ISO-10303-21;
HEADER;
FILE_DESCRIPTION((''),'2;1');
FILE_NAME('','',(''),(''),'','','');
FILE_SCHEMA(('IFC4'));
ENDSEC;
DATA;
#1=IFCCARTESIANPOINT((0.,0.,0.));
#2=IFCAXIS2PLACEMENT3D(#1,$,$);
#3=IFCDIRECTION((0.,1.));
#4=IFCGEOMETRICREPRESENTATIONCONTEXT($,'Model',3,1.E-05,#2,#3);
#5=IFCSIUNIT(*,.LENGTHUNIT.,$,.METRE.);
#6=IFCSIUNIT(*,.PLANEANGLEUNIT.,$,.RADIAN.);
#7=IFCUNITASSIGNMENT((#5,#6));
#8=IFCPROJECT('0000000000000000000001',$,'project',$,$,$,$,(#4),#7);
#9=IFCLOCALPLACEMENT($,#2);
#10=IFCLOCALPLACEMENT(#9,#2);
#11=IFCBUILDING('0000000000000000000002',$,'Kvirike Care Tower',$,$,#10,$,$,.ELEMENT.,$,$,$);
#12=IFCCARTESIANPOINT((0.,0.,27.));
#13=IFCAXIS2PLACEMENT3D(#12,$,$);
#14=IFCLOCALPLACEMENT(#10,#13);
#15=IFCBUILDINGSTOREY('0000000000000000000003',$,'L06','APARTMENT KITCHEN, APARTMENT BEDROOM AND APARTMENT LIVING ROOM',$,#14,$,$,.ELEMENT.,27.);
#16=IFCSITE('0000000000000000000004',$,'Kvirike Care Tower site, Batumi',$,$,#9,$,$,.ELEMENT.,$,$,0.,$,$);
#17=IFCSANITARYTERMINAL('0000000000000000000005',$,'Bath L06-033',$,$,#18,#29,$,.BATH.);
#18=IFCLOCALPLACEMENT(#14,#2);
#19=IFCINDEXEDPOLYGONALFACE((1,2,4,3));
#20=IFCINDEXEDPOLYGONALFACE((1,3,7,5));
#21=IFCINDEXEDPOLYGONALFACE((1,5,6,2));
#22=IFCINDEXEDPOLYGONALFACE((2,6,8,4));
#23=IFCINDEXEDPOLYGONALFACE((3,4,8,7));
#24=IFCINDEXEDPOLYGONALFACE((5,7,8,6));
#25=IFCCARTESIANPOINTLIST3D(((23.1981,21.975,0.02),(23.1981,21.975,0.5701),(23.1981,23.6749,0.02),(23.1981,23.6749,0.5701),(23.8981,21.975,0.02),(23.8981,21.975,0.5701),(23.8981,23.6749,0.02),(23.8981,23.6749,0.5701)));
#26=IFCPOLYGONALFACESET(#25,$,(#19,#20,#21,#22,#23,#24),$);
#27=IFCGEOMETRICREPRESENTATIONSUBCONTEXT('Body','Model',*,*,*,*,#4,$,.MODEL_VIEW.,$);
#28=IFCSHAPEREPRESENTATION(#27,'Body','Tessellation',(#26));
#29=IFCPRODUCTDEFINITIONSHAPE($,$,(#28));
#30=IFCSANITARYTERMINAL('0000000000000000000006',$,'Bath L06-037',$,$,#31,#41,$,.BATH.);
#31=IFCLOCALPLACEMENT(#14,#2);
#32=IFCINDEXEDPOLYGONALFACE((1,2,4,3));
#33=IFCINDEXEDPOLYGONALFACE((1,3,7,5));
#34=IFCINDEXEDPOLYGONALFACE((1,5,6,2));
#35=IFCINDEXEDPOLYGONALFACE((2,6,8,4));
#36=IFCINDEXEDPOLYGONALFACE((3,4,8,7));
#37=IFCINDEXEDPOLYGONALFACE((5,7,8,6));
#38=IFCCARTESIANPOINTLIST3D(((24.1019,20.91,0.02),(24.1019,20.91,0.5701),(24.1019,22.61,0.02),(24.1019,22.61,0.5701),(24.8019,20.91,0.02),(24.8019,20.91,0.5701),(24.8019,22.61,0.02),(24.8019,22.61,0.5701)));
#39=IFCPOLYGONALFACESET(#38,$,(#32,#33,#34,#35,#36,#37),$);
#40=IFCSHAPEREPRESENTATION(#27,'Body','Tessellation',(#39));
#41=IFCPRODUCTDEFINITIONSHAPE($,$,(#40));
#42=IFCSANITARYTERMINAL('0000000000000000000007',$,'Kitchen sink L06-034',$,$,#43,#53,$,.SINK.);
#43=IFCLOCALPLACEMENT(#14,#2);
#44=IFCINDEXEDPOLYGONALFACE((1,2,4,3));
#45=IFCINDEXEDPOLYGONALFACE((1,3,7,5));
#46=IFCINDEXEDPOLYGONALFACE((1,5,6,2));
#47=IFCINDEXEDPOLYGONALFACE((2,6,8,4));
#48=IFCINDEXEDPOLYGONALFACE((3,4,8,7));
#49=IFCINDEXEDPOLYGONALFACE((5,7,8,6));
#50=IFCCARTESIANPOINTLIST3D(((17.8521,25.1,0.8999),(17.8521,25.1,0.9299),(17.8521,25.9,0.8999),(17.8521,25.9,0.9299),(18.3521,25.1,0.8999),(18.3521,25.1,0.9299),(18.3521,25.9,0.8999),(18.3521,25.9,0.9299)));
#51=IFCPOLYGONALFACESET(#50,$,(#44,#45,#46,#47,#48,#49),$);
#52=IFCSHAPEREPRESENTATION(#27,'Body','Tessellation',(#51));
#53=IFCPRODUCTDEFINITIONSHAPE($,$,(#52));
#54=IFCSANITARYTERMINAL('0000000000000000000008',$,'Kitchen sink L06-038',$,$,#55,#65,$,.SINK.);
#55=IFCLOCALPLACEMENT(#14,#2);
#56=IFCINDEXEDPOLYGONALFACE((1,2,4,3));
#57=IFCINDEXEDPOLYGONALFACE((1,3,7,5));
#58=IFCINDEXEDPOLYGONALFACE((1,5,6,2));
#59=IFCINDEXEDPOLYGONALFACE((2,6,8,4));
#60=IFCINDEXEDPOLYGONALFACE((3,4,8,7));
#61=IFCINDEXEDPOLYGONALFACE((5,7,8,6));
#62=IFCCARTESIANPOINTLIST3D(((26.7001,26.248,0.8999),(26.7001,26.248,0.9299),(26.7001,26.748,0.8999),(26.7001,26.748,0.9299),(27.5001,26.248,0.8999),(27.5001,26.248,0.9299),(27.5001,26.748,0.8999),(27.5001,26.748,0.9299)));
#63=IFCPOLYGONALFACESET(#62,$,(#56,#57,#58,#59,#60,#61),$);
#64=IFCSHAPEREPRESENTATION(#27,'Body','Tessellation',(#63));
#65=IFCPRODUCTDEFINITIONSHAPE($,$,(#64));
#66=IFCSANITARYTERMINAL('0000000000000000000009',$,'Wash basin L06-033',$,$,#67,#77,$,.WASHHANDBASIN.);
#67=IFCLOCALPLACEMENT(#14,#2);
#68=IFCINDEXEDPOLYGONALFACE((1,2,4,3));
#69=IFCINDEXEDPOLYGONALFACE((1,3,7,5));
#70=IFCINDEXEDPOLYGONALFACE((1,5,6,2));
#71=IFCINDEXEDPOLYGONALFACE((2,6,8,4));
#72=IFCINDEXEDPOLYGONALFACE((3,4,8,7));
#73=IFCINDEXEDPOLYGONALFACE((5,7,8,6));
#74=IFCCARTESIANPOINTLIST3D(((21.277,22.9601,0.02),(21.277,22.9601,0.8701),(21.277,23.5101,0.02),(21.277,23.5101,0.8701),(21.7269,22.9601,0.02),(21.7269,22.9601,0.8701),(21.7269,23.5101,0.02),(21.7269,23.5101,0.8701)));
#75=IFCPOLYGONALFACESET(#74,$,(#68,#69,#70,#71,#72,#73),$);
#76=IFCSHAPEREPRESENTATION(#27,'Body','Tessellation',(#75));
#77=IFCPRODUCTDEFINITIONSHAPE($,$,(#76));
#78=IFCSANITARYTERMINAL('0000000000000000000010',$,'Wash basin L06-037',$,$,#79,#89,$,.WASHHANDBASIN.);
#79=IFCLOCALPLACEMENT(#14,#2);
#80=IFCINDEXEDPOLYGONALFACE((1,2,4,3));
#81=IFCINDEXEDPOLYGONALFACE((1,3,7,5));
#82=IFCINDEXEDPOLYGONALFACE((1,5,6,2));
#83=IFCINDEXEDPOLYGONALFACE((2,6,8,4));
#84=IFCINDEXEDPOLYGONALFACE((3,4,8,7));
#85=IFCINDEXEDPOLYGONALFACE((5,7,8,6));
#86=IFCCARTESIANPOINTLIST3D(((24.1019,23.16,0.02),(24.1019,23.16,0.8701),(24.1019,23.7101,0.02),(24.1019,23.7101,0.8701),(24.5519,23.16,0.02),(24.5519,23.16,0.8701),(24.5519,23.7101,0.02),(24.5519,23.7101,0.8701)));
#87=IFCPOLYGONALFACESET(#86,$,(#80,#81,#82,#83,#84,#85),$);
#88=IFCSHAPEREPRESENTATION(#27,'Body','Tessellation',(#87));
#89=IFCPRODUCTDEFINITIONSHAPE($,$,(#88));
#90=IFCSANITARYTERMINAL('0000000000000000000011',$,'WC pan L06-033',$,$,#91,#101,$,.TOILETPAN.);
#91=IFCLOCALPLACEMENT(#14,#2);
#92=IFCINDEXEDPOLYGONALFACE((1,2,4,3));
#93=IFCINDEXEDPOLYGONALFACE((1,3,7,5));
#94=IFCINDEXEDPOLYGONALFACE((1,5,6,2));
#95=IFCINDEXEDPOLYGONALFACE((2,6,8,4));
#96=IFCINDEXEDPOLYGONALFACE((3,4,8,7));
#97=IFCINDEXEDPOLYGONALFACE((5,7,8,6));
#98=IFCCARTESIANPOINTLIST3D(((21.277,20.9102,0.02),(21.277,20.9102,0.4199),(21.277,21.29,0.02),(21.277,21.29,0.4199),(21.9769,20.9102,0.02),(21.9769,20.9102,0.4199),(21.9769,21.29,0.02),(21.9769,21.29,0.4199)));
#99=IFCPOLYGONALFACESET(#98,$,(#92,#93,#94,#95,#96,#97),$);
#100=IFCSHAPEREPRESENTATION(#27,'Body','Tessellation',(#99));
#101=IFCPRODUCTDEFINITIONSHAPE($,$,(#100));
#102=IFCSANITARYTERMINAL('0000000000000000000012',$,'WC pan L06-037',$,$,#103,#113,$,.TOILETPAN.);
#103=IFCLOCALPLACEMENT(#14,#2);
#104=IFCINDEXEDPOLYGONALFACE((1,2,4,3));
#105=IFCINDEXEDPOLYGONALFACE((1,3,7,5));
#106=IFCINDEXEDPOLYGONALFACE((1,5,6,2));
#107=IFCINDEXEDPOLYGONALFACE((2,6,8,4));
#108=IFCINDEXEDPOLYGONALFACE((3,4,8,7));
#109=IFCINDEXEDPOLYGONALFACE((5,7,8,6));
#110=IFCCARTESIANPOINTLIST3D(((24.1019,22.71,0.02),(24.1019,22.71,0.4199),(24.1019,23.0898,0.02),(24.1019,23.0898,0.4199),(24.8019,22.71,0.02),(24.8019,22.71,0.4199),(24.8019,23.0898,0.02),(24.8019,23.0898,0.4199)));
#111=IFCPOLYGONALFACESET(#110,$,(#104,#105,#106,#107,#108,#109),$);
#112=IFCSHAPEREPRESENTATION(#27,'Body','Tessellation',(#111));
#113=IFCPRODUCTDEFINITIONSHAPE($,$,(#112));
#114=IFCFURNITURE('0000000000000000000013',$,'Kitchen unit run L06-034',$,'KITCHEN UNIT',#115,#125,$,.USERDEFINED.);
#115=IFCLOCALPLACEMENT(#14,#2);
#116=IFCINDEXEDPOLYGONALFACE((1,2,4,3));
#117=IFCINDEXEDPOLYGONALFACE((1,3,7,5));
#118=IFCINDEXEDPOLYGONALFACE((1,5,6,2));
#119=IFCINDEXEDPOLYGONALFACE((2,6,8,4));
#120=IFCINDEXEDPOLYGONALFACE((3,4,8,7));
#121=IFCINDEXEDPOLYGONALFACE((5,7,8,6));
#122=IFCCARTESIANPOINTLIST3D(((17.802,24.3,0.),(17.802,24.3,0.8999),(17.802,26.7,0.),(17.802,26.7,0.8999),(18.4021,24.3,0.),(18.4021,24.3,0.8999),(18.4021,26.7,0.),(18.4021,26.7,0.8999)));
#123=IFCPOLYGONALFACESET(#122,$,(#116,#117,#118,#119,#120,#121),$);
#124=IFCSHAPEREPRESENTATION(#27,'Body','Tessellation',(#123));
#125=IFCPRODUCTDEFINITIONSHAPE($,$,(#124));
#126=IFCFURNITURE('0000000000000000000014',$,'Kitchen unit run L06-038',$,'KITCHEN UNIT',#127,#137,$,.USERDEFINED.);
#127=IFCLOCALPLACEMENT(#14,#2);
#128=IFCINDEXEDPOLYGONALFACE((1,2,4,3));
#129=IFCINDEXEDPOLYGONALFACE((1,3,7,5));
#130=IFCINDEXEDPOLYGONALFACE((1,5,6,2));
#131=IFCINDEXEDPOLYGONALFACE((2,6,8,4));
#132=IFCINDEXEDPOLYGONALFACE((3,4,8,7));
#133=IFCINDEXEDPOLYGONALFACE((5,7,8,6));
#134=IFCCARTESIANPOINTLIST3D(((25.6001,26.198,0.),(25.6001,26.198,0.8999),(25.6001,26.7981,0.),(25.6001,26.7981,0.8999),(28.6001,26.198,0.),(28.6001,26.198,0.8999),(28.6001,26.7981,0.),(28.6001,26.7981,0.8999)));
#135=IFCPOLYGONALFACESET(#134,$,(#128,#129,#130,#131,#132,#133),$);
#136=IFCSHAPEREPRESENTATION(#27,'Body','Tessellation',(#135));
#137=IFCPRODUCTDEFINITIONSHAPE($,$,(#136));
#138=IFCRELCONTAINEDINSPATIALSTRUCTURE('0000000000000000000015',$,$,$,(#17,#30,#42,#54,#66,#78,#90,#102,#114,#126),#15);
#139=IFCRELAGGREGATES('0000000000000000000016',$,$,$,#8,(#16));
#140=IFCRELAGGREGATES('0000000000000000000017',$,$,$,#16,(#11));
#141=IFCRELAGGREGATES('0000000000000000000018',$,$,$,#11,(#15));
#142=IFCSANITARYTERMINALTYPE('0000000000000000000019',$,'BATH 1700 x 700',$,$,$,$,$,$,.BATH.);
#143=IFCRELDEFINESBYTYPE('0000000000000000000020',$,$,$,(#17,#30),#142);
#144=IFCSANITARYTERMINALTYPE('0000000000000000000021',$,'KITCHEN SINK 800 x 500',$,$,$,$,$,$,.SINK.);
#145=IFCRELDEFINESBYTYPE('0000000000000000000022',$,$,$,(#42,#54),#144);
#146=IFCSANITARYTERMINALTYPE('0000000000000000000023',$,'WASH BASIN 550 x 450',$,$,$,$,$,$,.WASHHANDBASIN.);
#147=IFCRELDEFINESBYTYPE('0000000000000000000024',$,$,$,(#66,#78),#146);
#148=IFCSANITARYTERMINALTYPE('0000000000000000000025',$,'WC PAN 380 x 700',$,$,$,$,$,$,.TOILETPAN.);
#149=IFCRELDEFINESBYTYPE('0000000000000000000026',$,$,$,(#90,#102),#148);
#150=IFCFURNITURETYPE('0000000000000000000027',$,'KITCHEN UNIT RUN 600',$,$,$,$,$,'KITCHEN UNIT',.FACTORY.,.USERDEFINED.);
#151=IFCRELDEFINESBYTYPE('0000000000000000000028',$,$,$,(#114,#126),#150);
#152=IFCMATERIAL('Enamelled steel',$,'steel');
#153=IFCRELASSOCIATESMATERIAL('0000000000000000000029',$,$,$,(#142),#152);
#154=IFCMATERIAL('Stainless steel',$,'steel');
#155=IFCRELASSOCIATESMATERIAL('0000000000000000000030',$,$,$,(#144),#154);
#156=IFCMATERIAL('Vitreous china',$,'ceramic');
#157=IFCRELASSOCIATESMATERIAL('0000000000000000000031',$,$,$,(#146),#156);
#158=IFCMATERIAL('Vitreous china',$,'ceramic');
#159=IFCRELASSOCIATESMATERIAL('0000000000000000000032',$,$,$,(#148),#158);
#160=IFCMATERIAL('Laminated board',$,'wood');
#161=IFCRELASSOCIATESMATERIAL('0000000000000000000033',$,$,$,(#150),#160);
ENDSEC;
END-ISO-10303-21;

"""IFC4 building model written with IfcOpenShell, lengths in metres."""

from ifc_helpers import new_model, si_unit, direction, frame, origin, origin_2d, place, context, subcontext, project, spatial, rectangle, extrude, material, type_object, element, save


model = new_model("IFC4")

# Units and contexts
model_context = context("Model", 3, precision=1e-05, world=origin(), true_north=direction((0.0, 1.0)))
body_context = subcontext(model_context, "Body", "Model", "MODEL_VIEW")
ifc_project = project(units=[si_unit("LENGTHUNIT", "METRE"), si_unit("PLANEANGLEUNIT", "RADIAN")], contexts=[model_context])

# Site, building, storey
site_placement = place(None, origin())
site = spatial("IfcSite", under=ifc_project, at=site_placement, Name="Kvirike Care Tower site, Batumi", CompositionType="ELEMENT", RefElevation=0.0)
building_placement = place(site_placement, origin())
building = spatial("IfcBuilding", under=site, at=building_placement, Name="Kvirike Care Tower", CompositionType="ELEMENT")
storey_placement = place(building_placement, frame((0.0, 0.0, 27.0)))
storey = spatial("IfcBuildingStorey", under=building, at=storey_placement, Name="L06", Description="APARTMENT KITCHEN, APARTMENT BEDROOM AND APARTMENT LIVING ROOM", CompositionType="ELEMENT", Elevation=27.0)

# Sanitary terminals
ifc_material_1 = material(Name="Enamelled steel", Category="steel")
sanitary_terminal_type_1 = type_object("IfcSanitaryTerminalType", Name="BATH 1700 x 700", PredefinedType="BATH", material=ifc_material_1)
for number, where, z_axis, x_axis, name in (
    (1, (23.5481, 22.825, 0.02), (0.0, 0.0, 1.0), (0.0, -1.0, 0.0), "Bath L06-033"),
    (2, (24.4519, 21.76, 0.02), (0.0, 0.0, 1.0), (0.0, 1.0, 0.0), "Bath L06-037"),
):
    element("IfcSanitaryTerminal", number, at=place(storey_placement, frame(where, z_axis=z_axis, x_axis=x_axis)), inside=storey, type_object=sanitary_terminal_type_1, Name=name, PredefinedType="BATH", context=body_context, shape_type="SweptSolid", body=[
        extrude(rectangle(XDim=1.7, YDim=0.7, at=origin_2d()), origin(), (0.0, 0.0, 1.0), 0.55),
    ])
ifc_material_2 = material(Name="Stainless steel", Category="steel")
sanitary_terminal_type_2 = type_object("IfcSanitaryTerminalType", Name="KITCHEN SINK 800 x 500", PredefinedType="SINK", material=ifc_material_2)
for number, where, z_axis, x_axis, name in (
    (3, (18.1021, 25.5, 0.8999), (0.0, 0.0, 1.0), (0.0, 1.0, 0.0), "Kitchen sink L06-034"),
    (4, (27.1001, 26.498, 0.8999), (0.0, 0.0, 1.0), (1.0, 0.0, 0.0), "Kitchen sink L06-038"),
):
    element("IfcSanitaryTerminal", number, at=place(storey_placement, frame(where, z_axis=z_axis, x_axis=x_axis)), inside=storey, type_object=sanitary_terminal_type_2, Name=name, PredefinedType="SINK", context=body_context, shape_type="SweptSolid", body=[
        extrude(rectangle(XDim=0.8, YDim=0.5, at=origin_2d()), origin(), (0.0, 0.0, 1.0), 0.03),
    ])
ifc_material_3 = material(Name="Vitreous china", Category="ceramic")
sanitary_terminal_type_3 = type_object("IfcSanitaryTerminalType", Name="WASH BASIN 550 x 450", PredefinedType="WASHHANDBASIN", material=ifc_material_3)
for number, where, z_axis, x_axis, name in (
    (5, (21.502, 23.2351, 0.02), (0.0, 0.0, 1.0), (0.0, 1.0, 0.0), "Wash basin L06-033"),
    (6, (24.3269, 23.4351, 0.02), (0.0, 0.0, 1.0), (0.0, 1.0, 0.0), "Wash basin L06-037"),
):
    element("IfcSanitaryTerminal", number, at=place(storey_placement, frame(where, z_axis=z_axis, x_axis=x_axis)), inside=storey, type_object=sanitary_terminal_type_3, Name=name, PredefinedType="WASHHANDBASIN", context=body_context, shape_type="SweptSolid", body=[
        extrude(rectangle(XDim=0.55, YDim=0.45, at=origin_2d()), origin(), (0.0, 0.0, 1.0), 0.8501),
    ])
ifc_material_4 = material(Name="Vitreous china", Category="ceramic")
sanitary_terminal_type_4 = type_object("IfcSanitaryTerminalType", Name="WC PAN 380 x 700", PredefinedType="TOILETPAN", material=ifc_material_4)
for number, where, z_axis, x_axis, name in (
    (7, (21.627, 21.1001, 0.02), (0.0, 0.0, 1.0), (0.0, 1.0, 0.0), "WC pan L06-033"),
    (8, (24.4519, 22.8999, 0.02), (0.0, 0.0, 1.0), (0.0, 1.0, 0.0), "WC pan L06-037"),
):
    element("IfcSanitaryTerminal", number, at=place(storey_placement, frame(where, z_axis=z_axis, x_axis=x_axis)), inside=storey, type_object=sanitary_terminal_type_4, Name=name, PredefinedType="TOILETPAN", context=body_context, shape_type="SweptSolid", body=[
        extrude(rectangle(XDim=0.3799, YDim=0.7, at=origin_2d()), origin(), (0.0, 0.0, 1.0), 0.3999),
    ])

# Furniture
ifc_material_5 = material(Name="Laminated board", Category="wood")
furniture_type = type_object("IfcFurnitureType", Name="KITCHEN UNIT RUN 600", ElementType="KITCHEN UNIT", AssemblyPlace="FACTORY", PredefinedType="USERDEFINED", material=ifc_material_5)
furniture_1_placement = place(storey_placement, frame((18.1021, 25.5, 0.0), z_axis=(0.0, 0.0, 1.0), x_axis=(0.0, 1.0, 0.0)))
element("IfcFurniture", 9, at=furniture_1_placement, inside=storey, type_object=furniture_type, Name="Kitchen unit run L06-034", ObjectType="KITCHEN UNIT", PredefinedType="USERDEFINED", context=body_context, shape_type="SweptSolid", body=[
    extrude(rectangle(XDim=2.3999, YDim=0.6001, at=origin_2d()), origin(), (0.0, 0.0, 1.0), 0.8999),
])
furniture_2_placement = place(storey_placement, frame((27.1001, 26.498, 0.0), z_axis=(0.0, 0.0, 1.0), x_axis=(1.0, 0.0, 0.0)))
element("IfcFurniture", 10, at=furniture_2_placement, inside=storey, type_object=furniture_type, Name="Kitchen unit run L06-038", ObjectType="KITCHEN UNIT", PredefinedType="USERDEFINED", context=body_context, shape_type="SweptSolid", body=[
    extrude(rectangle(XDim=3.0, YDim=0.6001, at=origin_2d()), origin(), (0.0, 0.0, 1.0), 0.8999),
])

save(model, "model.ifc")
